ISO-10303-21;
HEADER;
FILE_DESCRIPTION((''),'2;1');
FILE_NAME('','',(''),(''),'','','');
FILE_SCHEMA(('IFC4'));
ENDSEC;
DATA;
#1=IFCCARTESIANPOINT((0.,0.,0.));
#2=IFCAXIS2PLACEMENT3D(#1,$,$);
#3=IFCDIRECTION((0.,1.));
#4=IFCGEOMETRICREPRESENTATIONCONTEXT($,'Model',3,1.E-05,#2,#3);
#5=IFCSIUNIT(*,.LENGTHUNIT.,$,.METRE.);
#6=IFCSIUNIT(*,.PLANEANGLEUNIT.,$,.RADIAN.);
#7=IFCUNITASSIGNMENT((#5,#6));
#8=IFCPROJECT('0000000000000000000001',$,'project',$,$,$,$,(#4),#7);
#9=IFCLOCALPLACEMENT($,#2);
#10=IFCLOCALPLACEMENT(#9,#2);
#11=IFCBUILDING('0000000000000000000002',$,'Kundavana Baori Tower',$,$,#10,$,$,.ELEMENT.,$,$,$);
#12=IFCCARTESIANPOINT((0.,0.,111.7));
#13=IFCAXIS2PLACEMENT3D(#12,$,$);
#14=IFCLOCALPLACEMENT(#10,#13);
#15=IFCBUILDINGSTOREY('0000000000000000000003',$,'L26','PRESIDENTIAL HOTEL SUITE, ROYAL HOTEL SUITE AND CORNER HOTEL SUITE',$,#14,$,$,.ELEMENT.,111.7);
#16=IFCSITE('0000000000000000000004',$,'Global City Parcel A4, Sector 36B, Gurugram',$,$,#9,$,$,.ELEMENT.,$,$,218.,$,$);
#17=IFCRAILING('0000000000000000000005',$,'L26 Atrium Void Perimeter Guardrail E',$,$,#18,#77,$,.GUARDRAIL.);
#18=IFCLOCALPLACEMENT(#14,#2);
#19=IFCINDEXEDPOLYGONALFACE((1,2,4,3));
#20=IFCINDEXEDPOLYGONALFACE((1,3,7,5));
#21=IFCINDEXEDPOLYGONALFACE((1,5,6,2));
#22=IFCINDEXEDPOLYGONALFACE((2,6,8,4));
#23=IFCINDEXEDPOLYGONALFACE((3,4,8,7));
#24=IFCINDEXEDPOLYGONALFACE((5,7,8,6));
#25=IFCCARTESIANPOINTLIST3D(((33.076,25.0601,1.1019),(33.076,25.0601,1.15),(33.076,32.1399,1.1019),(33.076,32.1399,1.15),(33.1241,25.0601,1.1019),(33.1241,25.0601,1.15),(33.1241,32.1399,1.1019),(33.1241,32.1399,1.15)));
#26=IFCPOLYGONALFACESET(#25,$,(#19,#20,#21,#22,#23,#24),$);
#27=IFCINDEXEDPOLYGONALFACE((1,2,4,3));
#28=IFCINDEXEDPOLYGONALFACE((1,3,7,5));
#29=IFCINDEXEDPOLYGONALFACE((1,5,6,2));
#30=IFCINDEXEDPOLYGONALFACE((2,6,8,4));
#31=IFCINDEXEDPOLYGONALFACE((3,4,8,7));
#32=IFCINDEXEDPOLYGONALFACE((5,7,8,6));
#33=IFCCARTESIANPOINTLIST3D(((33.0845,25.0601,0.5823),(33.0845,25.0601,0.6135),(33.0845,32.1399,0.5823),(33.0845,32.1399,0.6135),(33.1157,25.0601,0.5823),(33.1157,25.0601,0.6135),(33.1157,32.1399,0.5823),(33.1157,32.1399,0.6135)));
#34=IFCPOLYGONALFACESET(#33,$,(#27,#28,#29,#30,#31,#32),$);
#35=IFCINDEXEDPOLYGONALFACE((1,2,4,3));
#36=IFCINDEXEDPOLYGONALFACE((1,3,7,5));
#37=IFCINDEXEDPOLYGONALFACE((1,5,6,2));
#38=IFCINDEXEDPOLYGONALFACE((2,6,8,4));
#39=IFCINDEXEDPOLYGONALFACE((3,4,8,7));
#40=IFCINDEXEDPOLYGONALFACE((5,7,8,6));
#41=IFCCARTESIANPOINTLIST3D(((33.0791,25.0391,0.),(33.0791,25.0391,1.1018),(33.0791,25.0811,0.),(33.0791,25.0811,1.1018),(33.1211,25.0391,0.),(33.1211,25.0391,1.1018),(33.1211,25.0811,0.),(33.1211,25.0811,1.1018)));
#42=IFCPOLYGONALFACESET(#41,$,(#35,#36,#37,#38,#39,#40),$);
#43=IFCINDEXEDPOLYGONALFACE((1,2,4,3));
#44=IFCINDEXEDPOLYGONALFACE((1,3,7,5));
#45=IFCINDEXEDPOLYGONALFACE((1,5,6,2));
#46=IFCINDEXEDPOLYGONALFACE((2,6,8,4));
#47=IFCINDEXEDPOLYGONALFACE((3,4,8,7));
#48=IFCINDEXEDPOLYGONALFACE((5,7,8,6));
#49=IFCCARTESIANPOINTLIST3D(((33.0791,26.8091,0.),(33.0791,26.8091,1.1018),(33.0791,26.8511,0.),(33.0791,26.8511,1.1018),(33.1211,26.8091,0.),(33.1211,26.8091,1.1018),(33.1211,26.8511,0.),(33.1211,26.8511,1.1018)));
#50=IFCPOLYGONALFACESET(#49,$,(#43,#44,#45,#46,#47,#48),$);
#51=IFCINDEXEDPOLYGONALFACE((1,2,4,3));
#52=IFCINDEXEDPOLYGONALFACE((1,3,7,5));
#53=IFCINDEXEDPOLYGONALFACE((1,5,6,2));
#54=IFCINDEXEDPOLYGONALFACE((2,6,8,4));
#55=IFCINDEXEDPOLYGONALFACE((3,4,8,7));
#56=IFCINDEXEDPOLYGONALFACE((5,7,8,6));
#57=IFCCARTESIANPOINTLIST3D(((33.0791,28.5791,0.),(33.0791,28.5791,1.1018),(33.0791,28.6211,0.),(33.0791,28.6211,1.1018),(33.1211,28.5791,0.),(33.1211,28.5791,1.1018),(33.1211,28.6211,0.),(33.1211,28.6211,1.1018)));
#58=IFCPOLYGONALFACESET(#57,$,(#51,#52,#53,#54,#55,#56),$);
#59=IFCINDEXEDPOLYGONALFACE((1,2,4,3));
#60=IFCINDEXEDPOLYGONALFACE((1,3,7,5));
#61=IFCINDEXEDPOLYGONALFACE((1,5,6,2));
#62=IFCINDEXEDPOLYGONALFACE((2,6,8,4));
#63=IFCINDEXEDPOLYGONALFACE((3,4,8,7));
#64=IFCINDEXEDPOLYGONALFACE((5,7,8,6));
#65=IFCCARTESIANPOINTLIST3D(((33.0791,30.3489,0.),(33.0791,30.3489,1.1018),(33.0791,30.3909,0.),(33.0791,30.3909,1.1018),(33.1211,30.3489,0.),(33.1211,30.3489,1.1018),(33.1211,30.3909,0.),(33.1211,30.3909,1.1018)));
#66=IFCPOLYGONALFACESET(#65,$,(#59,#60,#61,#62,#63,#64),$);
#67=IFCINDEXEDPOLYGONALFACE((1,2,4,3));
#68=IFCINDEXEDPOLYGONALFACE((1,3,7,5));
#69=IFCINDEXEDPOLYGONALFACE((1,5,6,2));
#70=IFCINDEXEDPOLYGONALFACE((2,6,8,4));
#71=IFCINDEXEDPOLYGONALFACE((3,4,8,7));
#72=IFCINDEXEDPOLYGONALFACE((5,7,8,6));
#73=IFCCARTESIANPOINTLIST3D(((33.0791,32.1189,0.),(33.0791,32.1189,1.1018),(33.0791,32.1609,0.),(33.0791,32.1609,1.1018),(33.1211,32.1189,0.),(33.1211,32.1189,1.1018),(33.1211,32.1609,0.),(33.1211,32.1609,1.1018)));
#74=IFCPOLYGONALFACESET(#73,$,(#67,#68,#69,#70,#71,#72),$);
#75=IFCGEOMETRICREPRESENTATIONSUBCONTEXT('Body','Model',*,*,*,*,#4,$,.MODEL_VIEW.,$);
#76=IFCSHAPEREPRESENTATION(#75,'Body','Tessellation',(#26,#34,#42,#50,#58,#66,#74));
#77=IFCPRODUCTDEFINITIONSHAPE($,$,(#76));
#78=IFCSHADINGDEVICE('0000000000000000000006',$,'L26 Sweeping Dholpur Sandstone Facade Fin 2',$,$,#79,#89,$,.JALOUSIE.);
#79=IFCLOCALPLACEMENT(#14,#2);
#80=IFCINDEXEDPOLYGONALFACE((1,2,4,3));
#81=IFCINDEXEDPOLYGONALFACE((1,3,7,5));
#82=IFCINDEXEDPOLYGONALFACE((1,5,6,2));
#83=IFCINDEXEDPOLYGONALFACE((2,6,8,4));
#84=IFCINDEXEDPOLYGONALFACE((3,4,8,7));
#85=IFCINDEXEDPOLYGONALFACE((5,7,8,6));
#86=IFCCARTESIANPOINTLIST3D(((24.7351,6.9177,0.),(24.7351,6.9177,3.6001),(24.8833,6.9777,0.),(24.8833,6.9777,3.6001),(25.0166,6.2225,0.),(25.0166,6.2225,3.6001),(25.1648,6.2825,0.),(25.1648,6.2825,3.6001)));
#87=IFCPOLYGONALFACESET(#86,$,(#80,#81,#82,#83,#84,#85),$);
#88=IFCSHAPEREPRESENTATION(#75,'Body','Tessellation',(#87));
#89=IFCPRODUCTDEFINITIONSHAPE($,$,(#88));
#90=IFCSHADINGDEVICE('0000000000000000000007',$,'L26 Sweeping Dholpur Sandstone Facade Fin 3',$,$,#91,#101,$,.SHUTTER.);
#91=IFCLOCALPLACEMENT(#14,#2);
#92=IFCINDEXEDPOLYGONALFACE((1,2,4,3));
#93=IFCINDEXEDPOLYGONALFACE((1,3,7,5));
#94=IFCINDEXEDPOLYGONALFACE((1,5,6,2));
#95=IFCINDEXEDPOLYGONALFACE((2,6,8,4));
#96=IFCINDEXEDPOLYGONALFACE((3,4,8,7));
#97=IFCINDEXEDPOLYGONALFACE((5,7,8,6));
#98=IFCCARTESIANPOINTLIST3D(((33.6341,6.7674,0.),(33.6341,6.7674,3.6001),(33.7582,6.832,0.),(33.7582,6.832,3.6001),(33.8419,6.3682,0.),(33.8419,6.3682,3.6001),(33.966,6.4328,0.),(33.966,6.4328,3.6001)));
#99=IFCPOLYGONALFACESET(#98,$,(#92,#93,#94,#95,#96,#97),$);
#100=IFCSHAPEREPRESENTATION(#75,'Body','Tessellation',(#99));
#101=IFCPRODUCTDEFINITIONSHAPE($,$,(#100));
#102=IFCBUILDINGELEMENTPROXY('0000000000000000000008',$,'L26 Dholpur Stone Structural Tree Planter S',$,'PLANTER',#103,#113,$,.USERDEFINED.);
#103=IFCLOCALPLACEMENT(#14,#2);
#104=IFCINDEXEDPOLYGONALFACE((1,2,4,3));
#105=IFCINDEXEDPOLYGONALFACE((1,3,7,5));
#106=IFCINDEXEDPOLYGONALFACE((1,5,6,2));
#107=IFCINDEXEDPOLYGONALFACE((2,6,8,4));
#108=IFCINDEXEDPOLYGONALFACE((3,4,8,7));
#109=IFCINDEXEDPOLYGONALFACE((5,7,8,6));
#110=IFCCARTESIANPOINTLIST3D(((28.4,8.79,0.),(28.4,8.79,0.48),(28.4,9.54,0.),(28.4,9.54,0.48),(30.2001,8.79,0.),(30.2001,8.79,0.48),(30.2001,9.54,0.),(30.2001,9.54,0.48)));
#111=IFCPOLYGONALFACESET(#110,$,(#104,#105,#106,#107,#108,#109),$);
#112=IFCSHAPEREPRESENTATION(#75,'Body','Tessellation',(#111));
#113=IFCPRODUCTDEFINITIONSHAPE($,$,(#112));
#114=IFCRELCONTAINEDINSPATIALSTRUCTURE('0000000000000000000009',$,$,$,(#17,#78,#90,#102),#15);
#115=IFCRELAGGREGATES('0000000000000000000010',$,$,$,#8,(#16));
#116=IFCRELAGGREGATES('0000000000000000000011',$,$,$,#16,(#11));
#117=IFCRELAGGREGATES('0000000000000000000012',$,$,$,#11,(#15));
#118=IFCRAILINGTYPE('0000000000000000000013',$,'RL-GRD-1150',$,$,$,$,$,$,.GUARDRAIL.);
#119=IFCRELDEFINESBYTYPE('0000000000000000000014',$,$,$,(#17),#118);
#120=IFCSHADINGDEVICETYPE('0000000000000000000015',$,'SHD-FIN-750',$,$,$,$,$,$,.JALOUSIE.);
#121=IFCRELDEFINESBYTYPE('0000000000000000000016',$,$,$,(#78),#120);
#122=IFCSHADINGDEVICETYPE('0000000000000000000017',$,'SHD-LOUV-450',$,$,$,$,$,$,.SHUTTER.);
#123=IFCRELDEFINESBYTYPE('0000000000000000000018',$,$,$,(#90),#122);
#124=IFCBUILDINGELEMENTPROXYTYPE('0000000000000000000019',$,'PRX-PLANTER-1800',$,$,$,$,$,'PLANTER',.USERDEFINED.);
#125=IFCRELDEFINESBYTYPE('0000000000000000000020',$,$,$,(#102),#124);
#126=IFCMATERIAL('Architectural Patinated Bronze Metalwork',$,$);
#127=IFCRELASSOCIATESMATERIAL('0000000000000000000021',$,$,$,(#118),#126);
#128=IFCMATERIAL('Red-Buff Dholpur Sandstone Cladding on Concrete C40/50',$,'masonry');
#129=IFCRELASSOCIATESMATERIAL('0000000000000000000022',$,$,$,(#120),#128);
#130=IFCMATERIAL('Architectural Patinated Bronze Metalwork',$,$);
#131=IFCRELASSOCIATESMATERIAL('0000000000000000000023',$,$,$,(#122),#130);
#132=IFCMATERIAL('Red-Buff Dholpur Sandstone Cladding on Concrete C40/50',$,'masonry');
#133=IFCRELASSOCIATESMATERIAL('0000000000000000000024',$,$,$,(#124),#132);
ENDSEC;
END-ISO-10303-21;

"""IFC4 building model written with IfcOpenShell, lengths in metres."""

from ifc_helpers import new_model, si_unit, direction, frame, origin, origin_2d, place, context, subcontext, project, spatial, rectangle, extrude, material, type_object, element, save


model = new_model("IFC4")

# Units and contexts
model_context = context("Model", 3, precision=1e-05, world=origin(), true_north=direction((0.0, 1.0)))
body_context = subcontext(model_context, "Body", "Model", "MODEL_VIEW")
ifc_project = project(units=[si_unit("LENGTHUNIT", "METRE"), si_unit("PLANEANGLEUNIT", "RADIAN")], contexts=[model_context])

# Site, building, storey
site_placement = place(None, origin())
site = spatial("IfcSite", under=ifc_project, at=site_placement, Name="Global City Parcel A4, Sector 36B, Gurugram", CompositionType="ELEMENT", RefElevation=218.0)
building_placement = place(site_placement, origin())
building = spatial("IfcBuilding", under=site, at=building_placement, Name="Kundavana Baori Tower", CompositionType="ELEMENT")
storey_placement = place(building_placement, frame((0.0, 0.0, 111.7)))
storey = spatial("IfcBuildingStorey", under=building, at=storey_placement, Name="L26", Description="PRESIDENTIAL HOTEL SUITE, ROYAL HOTEL SUITE AND CORNER HOTEL SUITE", CompositionType="ELEMENT", Elevation=111.7)

# Railing
ifc_material_1 = material(Name="Architectural Patinated Bronze Metalwork")
railing_type = type_object("IfcRailingType", Name="RL-GRD-1150", PredefinedType="GUARDRAIL", material=ifc_material_1)
railing_1_placement = place(storey_placement, frame((33.1001, 25.0601, 0.0)))
element("IfcRailing", 1, at=railing_1_placement, inside=storey, type_object=railing_type, Name="L26 Atrium Void Perimeter Guardrail E", PredefinedType="GUARDRAIL", context=body_context, shape_type="SweptSolid", body=[
    extrude(rectangle(XDim=0.0481, YDim=0.0481, at=origin_2d()), frame((0.0, 0.0, 1.126), z_axis=(0.0, 1.0, 0.0), x_axis=(-1.0, 0.0, 0.0)), (0.0, 0.0, 1.0), 7.0798),
    extrude(rectangle(XDim=0.0312, YDim=0.0312, at=origin_2d()), frame((0.0, 0.0, 0.5979), z_axis=(0.0, 1.0, 0.0), x_axis=(-1.0, 0.0, 0.0)), (0.0, 0.0, 1.0), 7.0798),
    extrude(rectangle(XDim=0.042, YDim=0.042, at=origin_2d()), origin(), (0.0, 0.0, 1.0), 1.1018),
    extrude(rectangle(XDim=0.042, YDim=0.042, at=origin_2d()), frame((0.0, 1.77, 0.0)), (0.0, 0.0, 1.0), 1.1018),
    extrude(rectangle(XDim=0.042, YDim=0.042, at=origin_2d()), frame((0.0, 3.54, 0.0)), (0.0, 0.0, 1.0), 1.1018),
    extrude(rectangle(XDim=0.042, YDim=0.042, at=origin_2d()), frame((0.0, 5.3098, 0.0)), (0.0, 0.0, 1.0), 1.1018),
    extrude(rectangle(XDim=0.042, YDim=0.042, at=origin_2d()), frame((0.0, 7.0798, 0.0)), (0.0, 0.0, 1.0), 1.1018),
])

# Shading devices
ifc_material_2 = material(Name="Red-Buff Dholpur Sandstone Cladding on Concrete C40/50", Category="masonry")
shading_device_type_1 = type_object("IfcShadingDeviceType", Name="SHD-FIN-750", PredefinedType="JALOUSIE", material=ifc_material_2)
shading_device_1_placement = place(storey_placement, frame((24.95, 6.6001, 0.0), z_axis=(0.0, 0.0, 1.0), x_axis=(0.926857, 0.375416, 0.0)))
element("IfcShadingDevice", 2, at=shading_device_1_placement, inside=storey, type_object=shading_device_type_1, Name="L26 Sweeping Dholpur Sandstone Facade Fin 2", PredefinedType="JALOUSIE", context=body_context, shape_type="SweptSolid", body=[
    extrude(rectangle(XDim=0.1599, YDim=0.75, at=origin_2d()), origin(), (0.0, 0.0, 1.0), 3.6001),
])
ifc_material_3 = material(Name="Architectural Patinated Bronze Metalwork")
shading_device_type_2 = type_object("IfcShadingDeviceType", Name="SHD-LOUV-450", PredefinedType="SHUTTER", material=ifc_material_3)
shading_device_2_placement = place(storey_placement, frame((33.8, 6.6001, 0.0), z_axis=(0.0, 0.0, 1.0), x_axis=(0.887011, 0.461749, 0.0)))
element("IfcShadingDevice", 3, at=shading_device_2_placement, inside=storey, type_object=shading_device_type_2, Name="L26 Sweeping Dholpur Sandstone Facade Fin 3", PredefinedType="SHUTTER", context=body_context, shape_type="SweptSolid", body=[
    extrude(rectangle(XDim=0.1399, YDim=0.45, at=origin_2d()), origin(), (0.0, 0.0, 1.0), 3.6001),
])

# Building element proxy
ifc_material_4 = material(Name="Red-Buff Dholpur Sandstone Cladding on Concrete C40/50", Category="masonry")
building_element_proxy_type = type_object("IfcBuildingElementProxyType", Name="PRX-PLANTER-1800", ElementType="PLANTER", PredefinedType="USERDEFINED", material=ifc_material_4)
proxy_placement = place(storey_placement, frame((29.3, 9.165, 0.0), z_axis=(0.0, 0.0, 1.0), x_axis=(1.0, 0.0, 0.0)))
element("IfcBuildingElementProxy", 4, at=proxy_placement, inside=storey, type_object=building_element_proxy_type, Name="L26 Dholpur Stone Structural Tree Planter S", ObjectType="PLANTER", PredefinedType="USERDEFINED", context=body_context, shape_type="SweptSolid", body=[
    extrude(rectangle(XDim=1.8, YDim=0.75, at=origin_2d()), origin(), (0.0, 0.0, 1.0), 0.48),
])

save(model, "model.ifc")
